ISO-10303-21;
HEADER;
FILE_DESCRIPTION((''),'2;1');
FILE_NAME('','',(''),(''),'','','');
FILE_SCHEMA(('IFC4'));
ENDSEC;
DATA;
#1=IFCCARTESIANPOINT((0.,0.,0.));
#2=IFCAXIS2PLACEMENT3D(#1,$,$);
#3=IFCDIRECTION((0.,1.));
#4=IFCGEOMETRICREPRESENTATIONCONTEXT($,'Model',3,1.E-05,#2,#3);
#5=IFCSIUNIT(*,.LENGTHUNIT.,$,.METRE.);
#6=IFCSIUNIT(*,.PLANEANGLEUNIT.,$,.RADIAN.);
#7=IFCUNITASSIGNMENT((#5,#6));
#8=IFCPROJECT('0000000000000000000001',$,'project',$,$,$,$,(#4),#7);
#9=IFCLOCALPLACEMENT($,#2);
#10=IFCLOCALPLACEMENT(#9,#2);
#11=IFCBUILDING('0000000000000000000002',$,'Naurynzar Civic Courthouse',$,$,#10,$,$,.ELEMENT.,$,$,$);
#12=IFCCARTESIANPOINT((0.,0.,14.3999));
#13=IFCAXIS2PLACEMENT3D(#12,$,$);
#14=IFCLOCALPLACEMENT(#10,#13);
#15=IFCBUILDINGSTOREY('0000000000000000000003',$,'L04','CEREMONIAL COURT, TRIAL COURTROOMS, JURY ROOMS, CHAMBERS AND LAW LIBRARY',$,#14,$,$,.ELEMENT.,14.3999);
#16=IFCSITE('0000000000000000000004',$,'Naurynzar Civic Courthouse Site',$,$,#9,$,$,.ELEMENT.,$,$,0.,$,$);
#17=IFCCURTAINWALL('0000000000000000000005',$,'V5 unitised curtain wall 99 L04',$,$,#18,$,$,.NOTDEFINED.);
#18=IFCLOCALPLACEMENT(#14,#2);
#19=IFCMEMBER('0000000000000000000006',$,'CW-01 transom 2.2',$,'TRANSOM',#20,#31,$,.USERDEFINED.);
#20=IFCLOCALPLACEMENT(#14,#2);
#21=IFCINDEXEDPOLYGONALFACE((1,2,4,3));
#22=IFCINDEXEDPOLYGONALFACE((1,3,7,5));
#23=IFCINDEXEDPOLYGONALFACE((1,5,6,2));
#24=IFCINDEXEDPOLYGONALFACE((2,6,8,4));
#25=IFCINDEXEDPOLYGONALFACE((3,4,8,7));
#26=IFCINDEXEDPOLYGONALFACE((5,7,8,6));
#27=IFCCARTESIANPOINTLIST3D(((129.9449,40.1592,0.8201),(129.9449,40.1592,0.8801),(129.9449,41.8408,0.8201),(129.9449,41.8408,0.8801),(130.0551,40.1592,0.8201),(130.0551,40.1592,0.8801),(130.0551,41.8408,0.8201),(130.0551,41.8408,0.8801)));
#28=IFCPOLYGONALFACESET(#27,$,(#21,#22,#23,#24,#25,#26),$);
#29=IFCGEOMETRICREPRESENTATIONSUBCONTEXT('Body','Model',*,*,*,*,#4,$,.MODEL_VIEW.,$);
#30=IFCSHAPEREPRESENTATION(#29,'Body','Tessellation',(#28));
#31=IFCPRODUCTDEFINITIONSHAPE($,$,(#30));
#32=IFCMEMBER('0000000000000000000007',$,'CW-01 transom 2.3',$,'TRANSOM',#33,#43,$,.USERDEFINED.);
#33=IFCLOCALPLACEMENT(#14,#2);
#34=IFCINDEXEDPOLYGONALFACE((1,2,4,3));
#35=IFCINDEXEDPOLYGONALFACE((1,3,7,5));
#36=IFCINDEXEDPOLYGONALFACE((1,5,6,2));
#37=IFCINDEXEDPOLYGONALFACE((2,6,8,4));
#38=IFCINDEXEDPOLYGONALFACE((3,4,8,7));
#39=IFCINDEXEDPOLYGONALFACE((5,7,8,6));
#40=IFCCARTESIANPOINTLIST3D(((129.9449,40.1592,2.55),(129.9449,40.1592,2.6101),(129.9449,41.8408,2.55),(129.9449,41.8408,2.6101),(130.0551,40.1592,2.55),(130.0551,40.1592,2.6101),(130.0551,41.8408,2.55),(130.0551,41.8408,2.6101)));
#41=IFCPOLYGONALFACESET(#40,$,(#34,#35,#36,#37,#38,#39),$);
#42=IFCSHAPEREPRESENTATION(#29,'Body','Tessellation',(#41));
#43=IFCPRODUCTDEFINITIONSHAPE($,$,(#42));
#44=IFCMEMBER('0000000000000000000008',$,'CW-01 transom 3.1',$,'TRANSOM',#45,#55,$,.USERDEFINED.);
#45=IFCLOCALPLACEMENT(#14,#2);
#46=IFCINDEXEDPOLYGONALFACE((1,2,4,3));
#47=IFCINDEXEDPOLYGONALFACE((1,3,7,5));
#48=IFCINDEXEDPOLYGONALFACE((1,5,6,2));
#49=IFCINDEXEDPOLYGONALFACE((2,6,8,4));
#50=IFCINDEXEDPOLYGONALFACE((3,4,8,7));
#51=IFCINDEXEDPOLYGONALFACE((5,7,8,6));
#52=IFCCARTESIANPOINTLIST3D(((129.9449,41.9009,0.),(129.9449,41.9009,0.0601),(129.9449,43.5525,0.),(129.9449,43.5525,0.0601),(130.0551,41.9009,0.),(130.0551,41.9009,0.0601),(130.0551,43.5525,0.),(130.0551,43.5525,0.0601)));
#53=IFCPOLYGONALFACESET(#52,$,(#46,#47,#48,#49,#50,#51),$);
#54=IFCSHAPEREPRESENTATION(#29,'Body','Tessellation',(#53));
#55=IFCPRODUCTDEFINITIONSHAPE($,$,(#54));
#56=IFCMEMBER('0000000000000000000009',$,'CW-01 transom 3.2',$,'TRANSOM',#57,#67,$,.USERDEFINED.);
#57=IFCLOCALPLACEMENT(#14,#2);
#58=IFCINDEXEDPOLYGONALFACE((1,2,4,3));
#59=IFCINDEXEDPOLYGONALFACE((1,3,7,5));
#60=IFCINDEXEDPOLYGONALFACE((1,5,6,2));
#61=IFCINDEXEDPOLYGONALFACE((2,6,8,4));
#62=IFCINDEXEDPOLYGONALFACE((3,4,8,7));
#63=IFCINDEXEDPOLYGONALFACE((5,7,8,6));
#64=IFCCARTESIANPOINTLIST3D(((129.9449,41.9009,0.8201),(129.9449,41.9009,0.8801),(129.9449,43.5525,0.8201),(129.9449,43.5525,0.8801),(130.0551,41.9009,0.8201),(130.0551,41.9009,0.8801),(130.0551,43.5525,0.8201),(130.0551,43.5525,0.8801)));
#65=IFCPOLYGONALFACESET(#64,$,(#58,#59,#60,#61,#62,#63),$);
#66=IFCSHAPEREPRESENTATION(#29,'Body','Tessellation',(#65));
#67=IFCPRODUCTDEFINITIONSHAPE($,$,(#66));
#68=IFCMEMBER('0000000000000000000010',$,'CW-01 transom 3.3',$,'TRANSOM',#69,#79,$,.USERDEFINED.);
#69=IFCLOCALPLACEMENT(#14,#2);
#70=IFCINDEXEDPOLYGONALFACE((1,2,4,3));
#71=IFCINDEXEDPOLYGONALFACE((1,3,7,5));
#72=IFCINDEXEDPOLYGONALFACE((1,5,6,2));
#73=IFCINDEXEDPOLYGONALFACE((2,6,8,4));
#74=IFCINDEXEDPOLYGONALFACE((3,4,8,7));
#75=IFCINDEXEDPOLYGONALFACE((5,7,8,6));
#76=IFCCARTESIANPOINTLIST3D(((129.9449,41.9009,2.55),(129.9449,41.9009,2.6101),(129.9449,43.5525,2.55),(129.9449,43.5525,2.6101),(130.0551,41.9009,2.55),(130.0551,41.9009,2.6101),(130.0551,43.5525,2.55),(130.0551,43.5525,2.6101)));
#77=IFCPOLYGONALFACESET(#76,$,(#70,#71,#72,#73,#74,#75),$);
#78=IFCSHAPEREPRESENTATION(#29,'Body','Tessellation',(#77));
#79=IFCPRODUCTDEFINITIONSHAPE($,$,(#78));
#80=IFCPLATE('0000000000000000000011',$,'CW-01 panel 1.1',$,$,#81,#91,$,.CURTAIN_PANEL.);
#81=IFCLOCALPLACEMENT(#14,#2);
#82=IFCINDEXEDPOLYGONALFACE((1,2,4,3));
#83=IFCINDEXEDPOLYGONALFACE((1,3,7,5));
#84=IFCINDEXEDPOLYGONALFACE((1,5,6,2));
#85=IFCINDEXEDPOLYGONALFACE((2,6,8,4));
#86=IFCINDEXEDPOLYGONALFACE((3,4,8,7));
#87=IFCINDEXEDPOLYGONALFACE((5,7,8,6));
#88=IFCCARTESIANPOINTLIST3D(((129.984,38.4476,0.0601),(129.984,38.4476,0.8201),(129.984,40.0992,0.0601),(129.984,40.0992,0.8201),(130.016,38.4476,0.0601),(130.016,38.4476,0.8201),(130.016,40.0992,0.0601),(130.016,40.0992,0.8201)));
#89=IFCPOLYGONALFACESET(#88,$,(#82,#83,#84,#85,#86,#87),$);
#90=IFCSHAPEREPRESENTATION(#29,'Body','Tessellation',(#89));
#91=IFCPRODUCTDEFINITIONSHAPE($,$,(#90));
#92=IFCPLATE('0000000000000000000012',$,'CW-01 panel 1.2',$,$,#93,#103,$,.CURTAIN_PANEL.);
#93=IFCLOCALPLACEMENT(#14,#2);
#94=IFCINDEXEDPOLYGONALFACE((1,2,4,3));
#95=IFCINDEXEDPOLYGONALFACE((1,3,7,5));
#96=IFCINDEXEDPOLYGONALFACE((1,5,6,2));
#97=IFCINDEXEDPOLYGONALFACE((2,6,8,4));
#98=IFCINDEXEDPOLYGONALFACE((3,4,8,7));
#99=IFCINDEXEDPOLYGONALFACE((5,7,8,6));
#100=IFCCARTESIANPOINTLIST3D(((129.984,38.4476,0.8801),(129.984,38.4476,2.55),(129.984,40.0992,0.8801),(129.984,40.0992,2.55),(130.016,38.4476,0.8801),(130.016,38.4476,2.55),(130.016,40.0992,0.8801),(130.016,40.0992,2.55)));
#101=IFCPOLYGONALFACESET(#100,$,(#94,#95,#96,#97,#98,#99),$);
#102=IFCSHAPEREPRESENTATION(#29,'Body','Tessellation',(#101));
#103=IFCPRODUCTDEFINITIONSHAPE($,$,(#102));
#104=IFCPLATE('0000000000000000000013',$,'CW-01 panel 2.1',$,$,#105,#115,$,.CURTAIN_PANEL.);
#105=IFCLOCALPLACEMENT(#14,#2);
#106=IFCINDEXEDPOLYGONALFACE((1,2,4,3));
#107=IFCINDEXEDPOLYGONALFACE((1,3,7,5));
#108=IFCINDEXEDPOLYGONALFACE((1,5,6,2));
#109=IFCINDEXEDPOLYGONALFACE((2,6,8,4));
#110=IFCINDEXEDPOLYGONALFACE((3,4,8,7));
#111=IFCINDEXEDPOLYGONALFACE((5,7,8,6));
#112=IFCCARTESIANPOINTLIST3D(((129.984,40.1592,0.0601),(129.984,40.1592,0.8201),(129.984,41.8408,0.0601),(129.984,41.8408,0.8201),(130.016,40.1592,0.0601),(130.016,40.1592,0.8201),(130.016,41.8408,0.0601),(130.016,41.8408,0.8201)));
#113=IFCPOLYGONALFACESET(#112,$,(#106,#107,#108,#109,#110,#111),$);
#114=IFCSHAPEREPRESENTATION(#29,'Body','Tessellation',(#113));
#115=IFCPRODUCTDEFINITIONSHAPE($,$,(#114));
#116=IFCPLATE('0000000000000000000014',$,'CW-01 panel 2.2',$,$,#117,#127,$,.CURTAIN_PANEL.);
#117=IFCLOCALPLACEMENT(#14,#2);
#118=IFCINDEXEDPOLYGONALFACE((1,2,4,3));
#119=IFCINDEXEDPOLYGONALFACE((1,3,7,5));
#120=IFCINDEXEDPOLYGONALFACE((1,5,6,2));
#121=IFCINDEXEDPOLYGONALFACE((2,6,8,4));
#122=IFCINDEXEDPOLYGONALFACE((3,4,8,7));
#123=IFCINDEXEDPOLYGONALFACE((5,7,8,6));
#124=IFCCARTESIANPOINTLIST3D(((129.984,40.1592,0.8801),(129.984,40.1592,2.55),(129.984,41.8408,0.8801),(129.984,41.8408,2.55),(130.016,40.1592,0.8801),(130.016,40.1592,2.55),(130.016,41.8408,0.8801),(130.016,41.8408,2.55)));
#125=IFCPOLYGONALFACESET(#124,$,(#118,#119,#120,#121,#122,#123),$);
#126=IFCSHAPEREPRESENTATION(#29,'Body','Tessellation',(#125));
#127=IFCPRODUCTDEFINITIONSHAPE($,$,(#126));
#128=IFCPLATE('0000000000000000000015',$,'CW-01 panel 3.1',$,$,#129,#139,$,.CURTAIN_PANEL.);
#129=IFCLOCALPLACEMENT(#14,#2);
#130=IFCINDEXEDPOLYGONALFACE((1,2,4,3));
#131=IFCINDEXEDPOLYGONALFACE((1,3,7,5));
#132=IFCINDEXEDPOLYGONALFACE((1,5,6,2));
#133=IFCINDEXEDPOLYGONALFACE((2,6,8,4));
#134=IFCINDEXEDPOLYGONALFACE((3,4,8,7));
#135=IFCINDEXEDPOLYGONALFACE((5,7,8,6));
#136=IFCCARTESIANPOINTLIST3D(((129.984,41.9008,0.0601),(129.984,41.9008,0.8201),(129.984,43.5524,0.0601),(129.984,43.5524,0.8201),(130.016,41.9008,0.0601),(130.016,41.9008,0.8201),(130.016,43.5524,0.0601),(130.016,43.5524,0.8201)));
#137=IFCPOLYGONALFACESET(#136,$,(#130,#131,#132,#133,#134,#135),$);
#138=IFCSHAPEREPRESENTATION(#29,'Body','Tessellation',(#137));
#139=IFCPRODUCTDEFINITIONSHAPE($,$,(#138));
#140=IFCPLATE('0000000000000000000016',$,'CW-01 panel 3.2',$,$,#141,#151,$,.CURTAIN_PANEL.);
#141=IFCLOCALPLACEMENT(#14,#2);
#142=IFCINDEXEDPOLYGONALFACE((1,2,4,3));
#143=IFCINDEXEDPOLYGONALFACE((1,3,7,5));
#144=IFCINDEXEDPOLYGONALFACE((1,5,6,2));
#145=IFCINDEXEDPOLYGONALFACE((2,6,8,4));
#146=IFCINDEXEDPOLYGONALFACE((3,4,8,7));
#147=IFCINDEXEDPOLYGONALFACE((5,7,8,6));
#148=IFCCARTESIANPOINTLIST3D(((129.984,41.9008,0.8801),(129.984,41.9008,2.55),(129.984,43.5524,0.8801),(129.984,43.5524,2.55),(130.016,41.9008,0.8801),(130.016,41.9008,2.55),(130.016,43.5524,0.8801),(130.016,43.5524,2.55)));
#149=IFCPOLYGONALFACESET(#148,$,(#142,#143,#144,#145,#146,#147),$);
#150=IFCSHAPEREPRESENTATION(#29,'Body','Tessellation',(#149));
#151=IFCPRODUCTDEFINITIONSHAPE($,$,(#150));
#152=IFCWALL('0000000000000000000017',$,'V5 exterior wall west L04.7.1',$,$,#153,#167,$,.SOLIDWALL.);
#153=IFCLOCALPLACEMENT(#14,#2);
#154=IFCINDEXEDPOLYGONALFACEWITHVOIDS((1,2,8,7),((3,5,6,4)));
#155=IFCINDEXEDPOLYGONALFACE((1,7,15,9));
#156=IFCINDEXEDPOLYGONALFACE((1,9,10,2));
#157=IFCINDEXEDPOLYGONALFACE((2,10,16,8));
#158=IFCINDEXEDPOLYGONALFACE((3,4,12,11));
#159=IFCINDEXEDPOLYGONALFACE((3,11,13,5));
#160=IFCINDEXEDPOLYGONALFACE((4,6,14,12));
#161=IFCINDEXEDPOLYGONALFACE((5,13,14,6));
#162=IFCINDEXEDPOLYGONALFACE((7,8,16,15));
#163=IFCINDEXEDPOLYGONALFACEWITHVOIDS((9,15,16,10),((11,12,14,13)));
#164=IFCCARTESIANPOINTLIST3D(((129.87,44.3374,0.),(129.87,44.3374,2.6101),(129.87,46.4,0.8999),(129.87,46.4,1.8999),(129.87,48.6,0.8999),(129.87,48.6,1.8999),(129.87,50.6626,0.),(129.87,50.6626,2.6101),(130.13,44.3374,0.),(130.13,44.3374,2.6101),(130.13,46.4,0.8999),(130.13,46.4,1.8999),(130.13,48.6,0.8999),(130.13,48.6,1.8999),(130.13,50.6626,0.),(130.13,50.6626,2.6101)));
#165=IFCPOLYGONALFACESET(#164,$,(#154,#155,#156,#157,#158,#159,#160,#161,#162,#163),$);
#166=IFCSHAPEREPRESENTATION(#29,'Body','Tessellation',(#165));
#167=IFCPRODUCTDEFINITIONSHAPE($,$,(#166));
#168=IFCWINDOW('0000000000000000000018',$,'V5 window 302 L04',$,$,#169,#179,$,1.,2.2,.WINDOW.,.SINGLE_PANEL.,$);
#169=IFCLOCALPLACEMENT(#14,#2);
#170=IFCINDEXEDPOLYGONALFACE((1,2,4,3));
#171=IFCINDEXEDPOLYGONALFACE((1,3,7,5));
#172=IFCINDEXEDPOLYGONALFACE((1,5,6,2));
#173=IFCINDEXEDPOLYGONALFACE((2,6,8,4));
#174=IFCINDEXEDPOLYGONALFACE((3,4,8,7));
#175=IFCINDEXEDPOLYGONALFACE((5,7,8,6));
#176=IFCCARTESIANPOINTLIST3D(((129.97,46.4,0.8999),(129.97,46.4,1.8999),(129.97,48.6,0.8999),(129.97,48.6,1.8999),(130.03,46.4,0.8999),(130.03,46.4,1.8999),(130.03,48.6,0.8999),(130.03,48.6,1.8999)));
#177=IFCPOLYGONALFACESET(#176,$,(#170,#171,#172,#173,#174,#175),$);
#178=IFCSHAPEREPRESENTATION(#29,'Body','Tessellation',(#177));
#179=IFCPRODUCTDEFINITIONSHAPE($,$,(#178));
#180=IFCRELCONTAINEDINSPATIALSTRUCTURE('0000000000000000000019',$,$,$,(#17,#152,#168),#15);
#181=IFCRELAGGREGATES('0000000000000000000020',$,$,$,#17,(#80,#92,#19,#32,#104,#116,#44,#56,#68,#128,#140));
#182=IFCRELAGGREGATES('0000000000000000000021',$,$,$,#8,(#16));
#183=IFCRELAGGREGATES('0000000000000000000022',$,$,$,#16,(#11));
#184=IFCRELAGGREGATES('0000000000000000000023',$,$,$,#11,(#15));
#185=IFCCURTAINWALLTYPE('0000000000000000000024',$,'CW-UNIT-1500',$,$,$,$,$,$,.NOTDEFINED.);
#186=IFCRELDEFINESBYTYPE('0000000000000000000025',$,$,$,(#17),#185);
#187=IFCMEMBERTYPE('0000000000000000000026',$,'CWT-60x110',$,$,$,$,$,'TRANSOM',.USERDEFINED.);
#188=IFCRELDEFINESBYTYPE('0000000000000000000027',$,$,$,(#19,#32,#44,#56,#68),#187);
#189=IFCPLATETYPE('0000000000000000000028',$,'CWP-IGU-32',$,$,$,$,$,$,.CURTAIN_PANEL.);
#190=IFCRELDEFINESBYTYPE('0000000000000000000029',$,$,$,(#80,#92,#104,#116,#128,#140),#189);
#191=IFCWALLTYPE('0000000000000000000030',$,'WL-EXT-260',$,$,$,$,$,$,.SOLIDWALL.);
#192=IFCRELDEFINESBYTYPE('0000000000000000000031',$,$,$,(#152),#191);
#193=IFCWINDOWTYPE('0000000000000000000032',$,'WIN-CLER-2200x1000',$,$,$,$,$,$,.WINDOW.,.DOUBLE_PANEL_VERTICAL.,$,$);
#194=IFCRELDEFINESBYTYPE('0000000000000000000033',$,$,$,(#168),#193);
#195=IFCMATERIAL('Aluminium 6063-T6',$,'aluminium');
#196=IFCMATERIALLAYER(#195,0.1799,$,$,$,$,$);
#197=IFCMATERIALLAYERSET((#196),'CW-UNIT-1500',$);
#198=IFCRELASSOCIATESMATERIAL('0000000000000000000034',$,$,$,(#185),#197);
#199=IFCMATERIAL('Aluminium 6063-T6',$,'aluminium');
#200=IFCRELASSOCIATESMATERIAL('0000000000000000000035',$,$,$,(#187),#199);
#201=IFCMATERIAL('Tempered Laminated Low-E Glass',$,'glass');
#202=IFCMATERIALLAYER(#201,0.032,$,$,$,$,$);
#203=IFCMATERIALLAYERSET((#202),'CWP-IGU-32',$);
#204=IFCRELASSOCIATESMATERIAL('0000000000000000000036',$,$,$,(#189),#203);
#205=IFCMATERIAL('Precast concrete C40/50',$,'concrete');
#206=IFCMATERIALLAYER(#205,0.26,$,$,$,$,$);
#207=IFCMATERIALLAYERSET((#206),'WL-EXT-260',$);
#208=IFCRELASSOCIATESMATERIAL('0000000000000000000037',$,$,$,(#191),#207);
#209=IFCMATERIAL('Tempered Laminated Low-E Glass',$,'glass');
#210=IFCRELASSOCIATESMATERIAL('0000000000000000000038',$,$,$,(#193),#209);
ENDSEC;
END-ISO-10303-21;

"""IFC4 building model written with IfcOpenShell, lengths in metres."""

from ifc_helpers import new_model, si_unit, direction, frame, frame_2d, origin, origin_2d, place, context, subcontext, project, spatial, rectangle, extrude, material, layer, layer_set, material_profile, profile_set, type_object, element, fill, aggregate, save


model = new_model("IFC4")

# Units and contexts
model_context = context("Model", 3, precision=1e-05, world=origin(), true_north=direction((0.0, 1.0)))
body_context = subcontext(model_context, "Body", "Model", "MODEL_VIEW")
ifc_project = project(units=[si_unit("LENGTHUNIT", "METRE"), si_unit("PLANEANGLEUNIT", "RADIAN")], contexts=[model_context])

# Site, building, storey
site_placement = place(None, origin())
site = spatial("IfcSite", under=ifc_project, at=site_placement, Name="Naurynzar Civic Courthouse Site", CompositionType="ELEMENT", RefElevation=0.0)
building_placement = place(site_placement, origin())
building = spatial("IfcBuilding", under=site, at=building_placement, Name="Naurynzar Civic Courthouse", CompositionType="ELEMENT")
storey_placement = place(building_placement, frame((0.0, 0.0, 14.3999)))
storey = spatial("IfcBuildingStorey", under=building, at=storey_placement, Name="L04", Description="CEREMONIAL COURT, TRIAL COURTROOMS, JURY ROOMS, CHAMBERS AND LAW LIBRARY", CompositionType="ELEMENT", Elevation=14.3999)

# Curtain wall, members, plates
ifc_material_1 = material(Name="Aluminium 6063-T6", Category="aluminium")
ifc_layer_1 = layer(ifc_material_1, 0.1799)
ifc_layer_set_1 = layer_set([ifc_layer_1], Name="CW-UNIT-1500")
curtain_wall_type = type_object("IfcCurtainWallType", Name="CW-UNIT-1500", PredefinedType="NOTDEFINED", material=ifc_layer_set_1)
curtain_wall_placement = place(storey_placement, origin())
curtain_wall = element("IfcCurtainWall", 1, at=curtain_wall_placement, inside=storey, type_object=curtain_wall_type, Name="V5 unitised curtain wall 99 L04", PredefinedType="NOTDEFINED")
ifc_material_2 = material(Name="Aluminium 6063-T6", Category="aluminium")
ifc_material_profile_1 = material_profile(ifc_material_2, rectangle(XDim=0.1101, YDim=0.0601, at=origin_2d()), Name="ALU TRANSOM 60x110")
ifc_profile_set_1 = profile_set([ifc_material_profile_1], Name="Aluminium 6063-T6")
member_type_1 = type_object("IfcMemberType", Name="CWT-60x110", ElementType="TRANSOM", PredefinedType="USERDEFINED", material=ifc_profile_set_1)
member_1_placement = place(storey_placement, frame((130.0, 40.1592, 0.8501), z_axis=(0.0, 1.0, 0.0), x_axis=(-1.0, 0.0, 0.0)))
member_1 = element("IfcMember", 2, at=member_1_placement, type_object=member_type_1, Name="CW-01 transom 2.2", ObjectType="TRANSOM", PredefinedType="USERDEFINED", context=body_context, shape_type="SweptSolid", body=[
    extrude(rectangle(XDim=0.1101, YDim=0.0601, at=origin_2d()), origin(), (0.0, 0.0, 1.0), 1.6816),
])
member_2_placement = place(storey_placement, frame((130.0, 40.1592, 2.5801), z_axis=(0.0, 1.0, 0.0), x_axis=(-1.0, 0.0, 0.0)))
member_2 = element("IfcMember", 3, at=member_2_placement, type_object=member_type_1, Name="CW-01 transom 2.3", ObjectType="TRANSOM", PredefinedType="USERDEFINED", context=body_context, shape_type="SweptSolid", body=[
    extrude(rectangle(XDim=0.1101, YDim=0.0601, at=origin_2d()), origin(), (0.0, 0.0, 1.0), 1.6816),
])
member_3_placement = place(storey_placement, frame((130.0, 41.9009, 0.03), z_axis=(0.0, 1.0, 0.0), x_axis=(-1.0, 0.0, 0.0)))
member_3 = element("IfcMember", 4, at=member_3_placement, type_object=member_type_1, Name="CW-01 transom 3.1", ObjectType="TRANSOM", PredefinedType="USERDEFINED", context=body_context, shape_type="SweptSolid", body=[
    extrude(rectangle(XDim=0.1101, YDim=0.0601, at=origin_2d()), origin(), (0.0, 0.0, 1.0), 1.6516),
])
member_4_placement = place(storey_placement, frame((130.0, 41.9009, 0.8501), z_axis=(0.0, 1.0, 0.0), x_axis=(-1.0, 0.0, 0.0)))
member_4 = element("IfcMember", 5, at=member_4_placement, type_object=member_type_1, Name="CW-01 transom 3.2", ObjectType="TRANSOM", PredefinedType="USERDEFINED", context=body_context, shape_type="SweptSolid", body=[
    extrude(rectangle(XDim=0.1101, YDim=0.0601, at=origin_2d()), origin(), (0.0, 0.0, 1.0), 1.6516),
])
member_5_placement = place(storey_placement, frame((130.0, 41.9009, 2.5801), z_axis=(0.0, 1.0, 0.0), x_axis=(-1.0, 0.0, 0.0)))
member_5 = element("IfcMember", 6, at=member_5_placement, type_object=member_type_1, Name="CW-01 transom 3.3", ObjectType="TRANSOM", PredefinedType="USERDEFINED", context=body_context, shape_type="SweptSolid", body=[
    extrude(rectangle(XDim=0.1101, YDim=0.0601, at=origin_2d()), origin(), (0.0, 0.0, 1.0), 1.6516),
])
ifc_material_3 = material(Name="Tempered Laminated Low-E Glass", Category="glass")
ifc_layer_2 = layer(ifc_material_3, 0.032)
ifc_layer_set_2 = layer_set([ifc_layer_2], Name="CWP-IGU-32")
plate_type = type_object("IfcPlateType", Name="CWP-IGU-32", PredefinedType="CURTAIN_PANEL", material=ifc_layer_set_2)
plate_1_placement = place(storey_placement, frame((130.0, 39.2734, 0.0601), z_axis=(0.0, 0.0, 1.0), x_axis=(0.0, 1.0, 0.0)))
plate_1 = element("IfcPlate", 7, at=plate_1_placement, type_object=plate_type, Name="CW-01 panel 1.1", PredefinedType="CURTAIN_PANEL", context=body_context, shape_type="SweptSolid", body=[
    extrude(rectangle(XDim=1.6516, YDim=0.032, at=origin_2d()), origin(), (0.0, 0.0, 1.0), 0.76),
])
plate_2_placement = place(storey_placement, frame((130.0, 39.2734, 0.8801), z_axis=(0.0, 0.0, 1.0), x_axis=(0.0, 1.0, 0.0)))
plate_2 = element("IfcPlate", 8, at=plate_2_placement, type_object=plate_type, Name="CW-01 panel 1.2", PredefinedType="CURTAIN_PANEL", context=body_context, shape_type="SweptSolid", body=[
    extrude(rectangle(XDim=1.6516, YDim=0.032, at=origin_2d()), origin(), (0.0, 0.0, 1.0), 1.6699),
])
plate_3_placement = place(storey_placement, frame((130.0, 41.0, 0.0601), z_axis=(0.0, 0.0, 1.0), x_axis=(0.0, 1.0, 0.0)))
plate_3 = element("IfcPlate", 9, at=plate_3_placement, type_object=plate_type, Name="CW-01 panel 2.1", PredefinedType="CURTAIN_PANEL", context=body_context, shape_type="SweptSolid", body=[
    extrude(rectangle(XDim=1.6816, YDim=0.032, at=origin_2d()), origin(), (0.0, 0.0, 1.0), 0.76),
])
plate_4_placement = place(storey_placement, frame((130.0, 41.0, 0.8801), z_axis=(0.0, 0.0, 1.0), x_axis=(0.0, 1.0, 0.0)))
plate_4 = element("IfcPlate", 10, at=plate_4_placement, type_object=plate_type, Name="CW-01 panel 2.2", PredefinedType="CURTAIN_PANEL", context=body_context, shape_type="SweptSolid", body=[
    extrude(rectangle(XDim=1.6816, YDim=0.032, at=origin_2d()), origin(), (0.0, 0.0, 1.0), 1.6699),
])
plate_5_placement = place(storey_placement, frame((130.0, 42.7266, 0.0601), z_axis=(0.0, 0.0, 1.0), x_axis=(0.0, 1.0, 0.0)))
plate_5 = element("IfcPlate", 11, at=plate_5_placement, type_object=plate_type, Name="CW-01 panel 3.1", PredefinedType="CURTAIN_PANEL", context=body_context, shape_type="SweptSolid", body=[
    extrude(rectangle(XDim=1.6516, YDim=0.032, at=origin_2d()), origin(), (0.0, 0.0, 1.0), 0.76),
])
plate_6_placement = place(storey_placement, frame((130.0, 42.7266, 0.8801), z_axis=(0.0, 0.0, 1.0), x_axis=(0.0, 1.0, 0.0)))
plate_6 = element("IfcPlate", 12, at=plate_6_placement, type_object=plate_type, Name="CW-01 panel 3.2", PredefinedType="CURTAIN_PANEL", context=body_context, shape_type="SweptSolid", body=[
    extrude(rectangle(XDim=1.6516, YDim=0.032, at=origin_2d()), origin(), (0.0, 0.0, 1.0), 1.6699),
])
aggregate(curtain_wall, [plate_1, plate_2, member_1, member_2, plate_3, plate_4, member_3, member_4, member_5, plate_5, plate_6])

# Wall, opening, window
ifc_material_4 = material(Name="Precast concrete C40/50", Category="concrete")
ifc_layer_3 = layer(ifc_material_4, 0.26)
ifc_layer_set_3 = layer_set([ifc_layer_3], Name="WL-EXT-260")
wall_type_1 = type_object("IfcWallType", Name="WL-EXT-260", PredefinedType="SOLIDWALL", material=ifc_layer_set_3)
wall_1_placement = place(storey_placement, frame((130.0, 44.3374, 0.0), z_axis=(0.0, 0.0, 1.0), x_axis=(0.0, 1.0, 0.0)))
wall_1 = element("IfcWall", 13, at=wall_1_placement, inside=storey, type_object=wall_type_1, Name="V5 exterior wall west L04.7.1", PredefinedType="SOLIDWALL", context=body_context, shape_type="SweptSolid", body=[
    extrude(rectangle(XDim=6.3252, YDim=0.26, at=frame_2d((3.1626, 0.0))), origin(), (0.0, 0.0, 1.0), 2.6101),
])
opening_1_placement = place(wall_1_placement, frame((2.0625, 0.0, 0.8999)))
opening_1 = element("IfcOpeningElement", 14, at=opening_1_placement, cuts=wall_1, PredefinedType="OPENING", context=body_context, shape_type="SweptSolid", body=[
    extrude(rectangle(XDim=2.2, YDim=1.0, at=frame_2d((1.1001, 0.5))), frame((0.0, 0.1399, 0.0), z_axis=(0.0, -1.0, 0.0), x_axis=(1.0, 0.0, 0.0)), (0.0, 0.0, 1.0), 0.28),
])
ifc_material_5 = material(Name="Tempered Laminated Low-E Glass", Category="glass")
window_type = type_object("IfcWindowType", Name="WIN-CLER-2200x1000", PartitioningType="DOUBLE_PANEL_VERTICAL", PredefinedType="WINDOW", material=ifc_material_5)
window_placement = place(opening_1_placement, origin())
window = element("IfcWindow", 15, at=window_placement, inside=storey, type_object=window_type, Name="V5 window 302 L04", OverallHeight=1.0, OverallWidth=2.2, PartitioningType="SINGLE_PANEL", PredefinedType="WINDOW", context=body_context, shape_type="SweptSolid", body=[
    extrude(rectangle(XDim=2.2, YDim=1.0, at=frame_2d((1.1001, 0.5))), frame((0.0, 0.03, 0.0), z_axis=(0.0, -1.0, 0.0), x_axis=(1.0, 0.0, 0.0)), (0.0, 0.0, 1.0), 0.0601),
])
fill(opening_1, window)

save(model, "model.ifc")
